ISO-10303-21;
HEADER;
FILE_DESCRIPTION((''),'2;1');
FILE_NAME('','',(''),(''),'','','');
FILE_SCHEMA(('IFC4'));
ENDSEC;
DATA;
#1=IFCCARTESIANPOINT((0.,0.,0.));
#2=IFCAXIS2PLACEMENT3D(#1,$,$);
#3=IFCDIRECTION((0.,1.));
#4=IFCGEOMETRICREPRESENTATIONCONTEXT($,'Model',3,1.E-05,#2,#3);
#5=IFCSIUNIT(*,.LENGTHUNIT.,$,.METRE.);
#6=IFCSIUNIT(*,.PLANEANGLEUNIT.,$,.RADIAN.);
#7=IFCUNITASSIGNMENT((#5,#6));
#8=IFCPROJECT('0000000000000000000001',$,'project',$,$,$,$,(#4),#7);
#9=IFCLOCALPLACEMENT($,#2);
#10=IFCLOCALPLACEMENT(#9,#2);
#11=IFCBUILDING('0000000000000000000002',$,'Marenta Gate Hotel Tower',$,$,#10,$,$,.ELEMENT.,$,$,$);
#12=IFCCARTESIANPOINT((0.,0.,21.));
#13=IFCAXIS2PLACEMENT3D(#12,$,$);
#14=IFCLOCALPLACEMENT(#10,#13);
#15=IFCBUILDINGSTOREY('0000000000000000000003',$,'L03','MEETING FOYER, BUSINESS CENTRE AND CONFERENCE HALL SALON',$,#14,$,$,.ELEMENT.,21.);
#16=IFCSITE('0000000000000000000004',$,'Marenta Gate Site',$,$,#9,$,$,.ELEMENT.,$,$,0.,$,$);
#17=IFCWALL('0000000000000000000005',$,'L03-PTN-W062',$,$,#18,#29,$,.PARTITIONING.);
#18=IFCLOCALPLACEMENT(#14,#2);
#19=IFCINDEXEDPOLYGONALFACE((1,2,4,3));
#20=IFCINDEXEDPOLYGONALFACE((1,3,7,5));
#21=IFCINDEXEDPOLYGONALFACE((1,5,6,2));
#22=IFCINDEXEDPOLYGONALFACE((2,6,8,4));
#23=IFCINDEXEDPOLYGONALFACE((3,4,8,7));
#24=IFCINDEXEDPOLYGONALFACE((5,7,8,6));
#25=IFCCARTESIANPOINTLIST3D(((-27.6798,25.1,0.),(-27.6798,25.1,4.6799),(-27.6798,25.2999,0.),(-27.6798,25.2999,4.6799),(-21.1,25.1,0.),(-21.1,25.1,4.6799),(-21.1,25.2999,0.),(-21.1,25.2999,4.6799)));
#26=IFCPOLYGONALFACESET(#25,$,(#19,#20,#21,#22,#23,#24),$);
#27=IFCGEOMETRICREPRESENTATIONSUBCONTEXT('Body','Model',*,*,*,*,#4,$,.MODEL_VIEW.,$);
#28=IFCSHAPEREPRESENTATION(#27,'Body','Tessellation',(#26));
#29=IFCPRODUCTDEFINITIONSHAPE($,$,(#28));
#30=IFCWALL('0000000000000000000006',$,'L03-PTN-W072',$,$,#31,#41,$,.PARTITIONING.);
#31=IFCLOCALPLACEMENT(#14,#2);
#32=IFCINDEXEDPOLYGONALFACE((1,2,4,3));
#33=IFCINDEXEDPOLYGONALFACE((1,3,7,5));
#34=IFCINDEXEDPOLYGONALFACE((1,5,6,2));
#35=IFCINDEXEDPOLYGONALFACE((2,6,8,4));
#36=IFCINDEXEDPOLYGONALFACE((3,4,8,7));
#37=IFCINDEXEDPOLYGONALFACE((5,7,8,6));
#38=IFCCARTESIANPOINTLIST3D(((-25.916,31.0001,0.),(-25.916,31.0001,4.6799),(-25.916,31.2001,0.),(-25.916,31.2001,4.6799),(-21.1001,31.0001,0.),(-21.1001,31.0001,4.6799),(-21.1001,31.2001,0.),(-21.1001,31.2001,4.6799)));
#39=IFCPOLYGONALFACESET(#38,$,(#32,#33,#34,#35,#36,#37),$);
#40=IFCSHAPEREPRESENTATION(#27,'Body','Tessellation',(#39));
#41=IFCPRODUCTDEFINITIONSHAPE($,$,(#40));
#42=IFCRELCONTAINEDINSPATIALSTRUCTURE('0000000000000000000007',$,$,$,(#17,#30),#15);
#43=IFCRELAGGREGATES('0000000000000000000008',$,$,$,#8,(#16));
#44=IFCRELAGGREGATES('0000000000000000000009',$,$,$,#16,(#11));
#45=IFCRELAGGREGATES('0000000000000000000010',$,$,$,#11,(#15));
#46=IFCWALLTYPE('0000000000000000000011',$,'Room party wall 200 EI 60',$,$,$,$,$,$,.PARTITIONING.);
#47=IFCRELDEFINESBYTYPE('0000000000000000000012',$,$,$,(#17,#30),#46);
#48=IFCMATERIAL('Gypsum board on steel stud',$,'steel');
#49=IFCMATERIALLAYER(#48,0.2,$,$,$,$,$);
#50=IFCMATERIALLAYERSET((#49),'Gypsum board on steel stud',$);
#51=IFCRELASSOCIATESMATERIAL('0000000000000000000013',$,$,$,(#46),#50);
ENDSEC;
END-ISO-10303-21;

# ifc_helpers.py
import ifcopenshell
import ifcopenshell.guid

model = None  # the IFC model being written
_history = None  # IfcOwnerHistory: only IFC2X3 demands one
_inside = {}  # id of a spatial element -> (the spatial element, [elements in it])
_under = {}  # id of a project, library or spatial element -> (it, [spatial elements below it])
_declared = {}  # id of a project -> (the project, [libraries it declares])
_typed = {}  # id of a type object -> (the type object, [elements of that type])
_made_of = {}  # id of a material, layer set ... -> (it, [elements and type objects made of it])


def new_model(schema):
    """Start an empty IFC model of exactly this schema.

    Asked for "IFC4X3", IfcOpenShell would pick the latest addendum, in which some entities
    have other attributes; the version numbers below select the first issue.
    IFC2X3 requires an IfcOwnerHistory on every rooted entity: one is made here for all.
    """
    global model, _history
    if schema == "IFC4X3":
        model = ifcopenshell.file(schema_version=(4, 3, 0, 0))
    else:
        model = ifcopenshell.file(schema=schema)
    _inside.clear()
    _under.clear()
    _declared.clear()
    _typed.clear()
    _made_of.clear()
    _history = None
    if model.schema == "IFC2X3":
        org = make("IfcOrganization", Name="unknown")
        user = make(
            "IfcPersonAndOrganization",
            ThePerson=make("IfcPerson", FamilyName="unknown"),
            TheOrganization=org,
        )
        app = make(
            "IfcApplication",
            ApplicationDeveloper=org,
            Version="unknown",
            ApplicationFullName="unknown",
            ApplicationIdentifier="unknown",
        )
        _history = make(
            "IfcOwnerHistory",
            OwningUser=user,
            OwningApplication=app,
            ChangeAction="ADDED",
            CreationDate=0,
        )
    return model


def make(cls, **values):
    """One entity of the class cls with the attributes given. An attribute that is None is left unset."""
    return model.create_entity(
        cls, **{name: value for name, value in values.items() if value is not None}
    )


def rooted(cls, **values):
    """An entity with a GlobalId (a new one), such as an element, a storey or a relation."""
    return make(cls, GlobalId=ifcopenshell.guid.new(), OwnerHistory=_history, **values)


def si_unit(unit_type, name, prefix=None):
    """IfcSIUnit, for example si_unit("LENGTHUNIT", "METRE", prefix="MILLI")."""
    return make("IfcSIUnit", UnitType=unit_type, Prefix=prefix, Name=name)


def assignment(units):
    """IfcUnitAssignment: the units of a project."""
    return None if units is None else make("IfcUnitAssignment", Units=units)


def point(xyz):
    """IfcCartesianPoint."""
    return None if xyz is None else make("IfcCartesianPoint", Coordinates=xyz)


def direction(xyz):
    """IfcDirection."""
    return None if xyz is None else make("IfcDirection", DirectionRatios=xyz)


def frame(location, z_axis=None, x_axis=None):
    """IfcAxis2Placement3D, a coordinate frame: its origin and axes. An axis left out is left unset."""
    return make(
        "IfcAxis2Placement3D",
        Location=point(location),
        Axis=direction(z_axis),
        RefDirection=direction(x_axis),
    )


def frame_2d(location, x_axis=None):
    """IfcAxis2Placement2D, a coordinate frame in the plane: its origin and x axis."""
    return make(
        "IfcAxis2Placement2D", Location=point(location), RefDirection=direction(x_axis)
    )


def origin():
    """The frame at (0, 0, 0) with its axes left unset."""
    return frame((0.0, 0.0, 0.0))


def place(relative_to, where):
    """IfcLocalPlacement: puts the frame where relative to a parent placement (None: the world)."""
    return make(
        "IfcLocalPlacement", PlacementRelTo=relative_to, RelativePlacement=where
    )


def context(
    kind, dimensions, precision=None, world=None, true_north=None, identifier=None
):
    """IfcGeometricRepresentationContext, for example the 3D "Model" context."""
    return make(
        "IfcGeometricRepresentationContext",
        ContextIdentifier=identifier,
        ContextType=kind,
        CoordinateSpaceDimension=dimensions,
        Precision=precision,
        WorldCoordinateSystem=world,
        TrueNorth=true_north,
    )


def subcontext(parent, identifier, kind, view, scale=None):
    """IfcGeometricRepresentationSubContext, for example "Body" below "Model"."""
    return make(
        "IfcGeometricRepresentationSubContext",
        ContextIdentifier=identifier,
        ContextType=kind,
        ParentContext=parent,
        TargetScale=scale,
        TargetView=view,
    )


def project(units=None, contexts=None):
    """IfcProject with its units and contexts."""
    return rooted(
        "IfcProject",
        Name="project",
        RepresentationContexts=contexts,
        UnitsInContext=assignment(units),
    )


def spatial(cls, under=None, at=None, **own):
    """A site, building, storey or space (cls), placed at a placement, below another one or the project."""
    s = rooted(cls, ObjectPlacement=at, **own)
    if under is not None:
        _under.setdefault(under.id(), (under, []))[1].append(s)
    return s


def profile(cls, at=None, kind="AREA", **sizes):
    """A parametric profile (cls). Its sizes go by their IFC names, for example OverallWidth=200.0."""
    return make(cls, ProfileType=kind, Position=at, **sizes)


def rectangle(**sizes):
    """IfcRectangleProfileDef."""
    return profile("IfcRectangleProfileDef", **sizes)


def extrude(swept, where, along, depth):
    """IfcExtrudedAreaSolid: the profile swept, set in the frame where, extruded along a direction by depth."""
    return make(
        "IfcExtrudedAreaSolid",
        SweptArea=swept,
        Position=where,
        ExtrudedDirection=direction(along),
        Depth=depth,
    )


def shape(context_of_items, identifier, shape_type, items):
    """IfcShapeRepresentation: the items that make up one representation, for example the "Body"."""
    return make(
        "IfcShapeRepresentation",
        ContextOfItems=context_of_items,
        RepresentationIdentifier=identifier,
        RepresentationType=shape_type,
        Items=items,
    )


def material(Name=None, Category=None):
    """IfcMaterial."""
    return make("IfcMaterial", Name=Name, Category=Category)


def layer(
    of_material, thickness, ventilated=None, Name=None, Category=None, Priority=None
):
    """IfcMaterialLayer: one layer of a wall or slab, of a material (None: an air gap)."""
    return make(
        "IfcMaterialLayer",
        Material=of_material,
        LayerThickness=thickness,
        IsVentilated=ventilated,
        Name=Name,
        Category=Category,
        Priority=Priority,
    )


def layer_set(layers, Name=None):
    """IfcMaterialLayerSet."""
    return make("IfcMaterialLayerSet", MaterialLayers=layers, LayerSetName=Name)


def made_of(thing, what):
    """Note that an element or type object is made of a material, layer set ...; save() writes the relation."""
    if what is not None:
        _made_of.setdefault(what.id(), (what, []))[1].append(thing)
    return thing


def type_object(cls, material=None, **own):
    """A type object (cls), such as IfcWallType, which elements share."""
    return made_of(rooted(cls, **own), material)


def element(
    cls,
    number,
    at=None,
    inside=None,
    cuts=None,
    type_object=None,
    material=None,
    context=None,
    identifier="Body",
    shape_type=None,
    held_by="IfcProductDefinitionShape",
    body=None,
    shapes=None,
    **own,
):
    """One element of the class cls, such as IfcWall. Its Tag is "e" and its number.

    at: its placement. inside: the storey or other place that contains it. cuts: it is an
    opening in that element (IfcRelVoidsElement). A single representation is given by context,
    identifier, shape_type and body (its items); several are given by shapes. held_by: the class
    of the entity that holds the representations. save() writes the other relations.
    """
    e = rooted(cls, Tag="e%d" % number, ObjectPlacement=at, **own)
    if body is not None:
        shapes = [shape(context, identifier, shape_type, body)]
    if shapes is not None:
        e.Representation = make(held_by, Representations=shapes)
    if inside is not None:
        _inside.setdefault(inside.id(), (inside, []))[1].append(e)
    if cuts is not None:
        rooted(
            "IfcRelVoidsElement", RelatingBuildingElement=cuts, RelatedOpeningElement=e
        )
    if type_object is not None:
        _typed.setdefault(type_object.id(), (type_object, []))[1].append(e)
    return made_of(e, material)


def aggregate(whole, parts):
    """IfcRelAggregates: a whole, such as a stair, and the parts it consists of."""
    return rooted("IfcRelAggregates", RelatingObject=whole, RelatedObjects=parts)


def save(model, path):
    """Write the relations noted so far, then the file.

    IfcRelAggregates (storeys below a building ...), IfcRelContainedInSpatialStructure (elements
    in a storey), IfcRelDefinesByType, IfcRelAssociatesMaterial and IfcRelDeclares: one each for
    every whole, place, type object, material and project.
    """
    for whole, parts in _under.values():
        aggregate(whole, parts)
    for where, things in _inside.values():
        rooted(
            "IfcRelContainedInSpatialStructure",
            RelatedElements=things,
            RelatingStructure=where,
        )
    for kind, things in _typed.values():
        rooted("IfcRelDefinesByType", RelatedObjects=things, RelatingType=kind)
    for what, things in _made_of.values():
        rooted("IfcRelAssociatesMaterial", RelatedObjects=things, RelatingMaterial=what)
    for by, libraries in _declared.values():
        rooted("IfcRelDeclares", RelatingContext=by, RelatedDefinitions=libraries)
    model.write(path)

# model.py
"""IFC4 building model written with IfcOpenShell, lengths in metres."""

from ifc_helpers import new_model, si_unit, direction, frame, frame_2d, origin, place, context, subcontext, project, spatial, rectangle, extrude, material, layer, layer_set, type_object, element, save


model = new_model("IFC4")

# Units and contexts
model_context = context("Model", 3, precision=1e-05, world=origin(), true_north=direction((0.0, 1.0)))
body_context = subcontext(model_context, "Body", "Model", "MODEL_VIEW")
ifc_project = project(units=[si_unit("LENGTHUNIT", "METRE"), si_unit("PLANEANGLEUNIT", "RADIAN")], contexts=[model_context])

# Site, building, storey
site_placement = place(None, origin())
site = spatial("IfcSite", under=ifc_project, at=site_placement, Name="Marenta Gate Site", CompositionType="ELEMENT", RefElevation=0.0)
building_placement = place(site_placement, origin())
building = spatial("IfcBuilding", under=site, at=building_placement, Name="Marenta Gate Hotel Tower", CompositionType="ELEMENT")
storey_placement = place(building_placement, frame((0.0, 0.0, 21.0)))
storey = spatial("IfcBuildingStorey", under=building, at=storey_placement, Name="L03", Description="MEETING FOYER, BUSINESS CENTRE AND CONFERENCE HALL SALON", CompositionType="ELEMENT", Elevation=21.0)

# Wall
ifc_material_1 = material(Name="Gypsum board on steel stud", Category="steel")
ifc_layer_1 = layer(ifc_material_1, 0.2)
ifc_layer_set_1 = layer_set([ifc_layer_1], Name="Gypsum board on steel stud")
wall_type_1 = type_object("IfcWallType", Name="Room party wall 200 EI 60", PredefinedType="PARTITIONING", material=ifc_layer_set_1)
wall_1_placement = place(storey_placement, frame((-27.6799, 25.2, 0.0), z_axis=(0.0, 0.0, 1.0), x_axis=(1.0, 0.0, 0.0)))
element("IfcWall", 1, at=wall_1_placement, inside=storey, type_object=wall_type_1, Name="L03-PTN-W062", PredefinedType="PARTITIONING", context=body_context, shape_type="SweptSolid", body=[
    extrude(rectangle(XDim=6.5798, YDim=0.2, at=frame_2d((3.29, 0.0))), origin(), (0.0, 0.0, 1.0), 4.6799),
])

# Wall
wall_2_placement = place(storey_placement, frame((-25.916, 31.1001, 0.0), z_axis=(0.0, 0.0, 1.0), x_axis=(1.0, 0.0, 0.0)))
element("IfcWall", 2, at=wall_2_placement, inside=storey, type_object=wall_type_1, Name="L03-PTN-W072", PredefinedType="PARTITIONING", context=body_context, shape_type="SweptSolid", body=[
    extrude(rectangle(XDim=4.8159, YDim=0.2, at=frame_2d((2.408, 0.0))), origin(), (0.0, 0.0, 1.0), 4.6799),
])

save(model, "model.ifc")
